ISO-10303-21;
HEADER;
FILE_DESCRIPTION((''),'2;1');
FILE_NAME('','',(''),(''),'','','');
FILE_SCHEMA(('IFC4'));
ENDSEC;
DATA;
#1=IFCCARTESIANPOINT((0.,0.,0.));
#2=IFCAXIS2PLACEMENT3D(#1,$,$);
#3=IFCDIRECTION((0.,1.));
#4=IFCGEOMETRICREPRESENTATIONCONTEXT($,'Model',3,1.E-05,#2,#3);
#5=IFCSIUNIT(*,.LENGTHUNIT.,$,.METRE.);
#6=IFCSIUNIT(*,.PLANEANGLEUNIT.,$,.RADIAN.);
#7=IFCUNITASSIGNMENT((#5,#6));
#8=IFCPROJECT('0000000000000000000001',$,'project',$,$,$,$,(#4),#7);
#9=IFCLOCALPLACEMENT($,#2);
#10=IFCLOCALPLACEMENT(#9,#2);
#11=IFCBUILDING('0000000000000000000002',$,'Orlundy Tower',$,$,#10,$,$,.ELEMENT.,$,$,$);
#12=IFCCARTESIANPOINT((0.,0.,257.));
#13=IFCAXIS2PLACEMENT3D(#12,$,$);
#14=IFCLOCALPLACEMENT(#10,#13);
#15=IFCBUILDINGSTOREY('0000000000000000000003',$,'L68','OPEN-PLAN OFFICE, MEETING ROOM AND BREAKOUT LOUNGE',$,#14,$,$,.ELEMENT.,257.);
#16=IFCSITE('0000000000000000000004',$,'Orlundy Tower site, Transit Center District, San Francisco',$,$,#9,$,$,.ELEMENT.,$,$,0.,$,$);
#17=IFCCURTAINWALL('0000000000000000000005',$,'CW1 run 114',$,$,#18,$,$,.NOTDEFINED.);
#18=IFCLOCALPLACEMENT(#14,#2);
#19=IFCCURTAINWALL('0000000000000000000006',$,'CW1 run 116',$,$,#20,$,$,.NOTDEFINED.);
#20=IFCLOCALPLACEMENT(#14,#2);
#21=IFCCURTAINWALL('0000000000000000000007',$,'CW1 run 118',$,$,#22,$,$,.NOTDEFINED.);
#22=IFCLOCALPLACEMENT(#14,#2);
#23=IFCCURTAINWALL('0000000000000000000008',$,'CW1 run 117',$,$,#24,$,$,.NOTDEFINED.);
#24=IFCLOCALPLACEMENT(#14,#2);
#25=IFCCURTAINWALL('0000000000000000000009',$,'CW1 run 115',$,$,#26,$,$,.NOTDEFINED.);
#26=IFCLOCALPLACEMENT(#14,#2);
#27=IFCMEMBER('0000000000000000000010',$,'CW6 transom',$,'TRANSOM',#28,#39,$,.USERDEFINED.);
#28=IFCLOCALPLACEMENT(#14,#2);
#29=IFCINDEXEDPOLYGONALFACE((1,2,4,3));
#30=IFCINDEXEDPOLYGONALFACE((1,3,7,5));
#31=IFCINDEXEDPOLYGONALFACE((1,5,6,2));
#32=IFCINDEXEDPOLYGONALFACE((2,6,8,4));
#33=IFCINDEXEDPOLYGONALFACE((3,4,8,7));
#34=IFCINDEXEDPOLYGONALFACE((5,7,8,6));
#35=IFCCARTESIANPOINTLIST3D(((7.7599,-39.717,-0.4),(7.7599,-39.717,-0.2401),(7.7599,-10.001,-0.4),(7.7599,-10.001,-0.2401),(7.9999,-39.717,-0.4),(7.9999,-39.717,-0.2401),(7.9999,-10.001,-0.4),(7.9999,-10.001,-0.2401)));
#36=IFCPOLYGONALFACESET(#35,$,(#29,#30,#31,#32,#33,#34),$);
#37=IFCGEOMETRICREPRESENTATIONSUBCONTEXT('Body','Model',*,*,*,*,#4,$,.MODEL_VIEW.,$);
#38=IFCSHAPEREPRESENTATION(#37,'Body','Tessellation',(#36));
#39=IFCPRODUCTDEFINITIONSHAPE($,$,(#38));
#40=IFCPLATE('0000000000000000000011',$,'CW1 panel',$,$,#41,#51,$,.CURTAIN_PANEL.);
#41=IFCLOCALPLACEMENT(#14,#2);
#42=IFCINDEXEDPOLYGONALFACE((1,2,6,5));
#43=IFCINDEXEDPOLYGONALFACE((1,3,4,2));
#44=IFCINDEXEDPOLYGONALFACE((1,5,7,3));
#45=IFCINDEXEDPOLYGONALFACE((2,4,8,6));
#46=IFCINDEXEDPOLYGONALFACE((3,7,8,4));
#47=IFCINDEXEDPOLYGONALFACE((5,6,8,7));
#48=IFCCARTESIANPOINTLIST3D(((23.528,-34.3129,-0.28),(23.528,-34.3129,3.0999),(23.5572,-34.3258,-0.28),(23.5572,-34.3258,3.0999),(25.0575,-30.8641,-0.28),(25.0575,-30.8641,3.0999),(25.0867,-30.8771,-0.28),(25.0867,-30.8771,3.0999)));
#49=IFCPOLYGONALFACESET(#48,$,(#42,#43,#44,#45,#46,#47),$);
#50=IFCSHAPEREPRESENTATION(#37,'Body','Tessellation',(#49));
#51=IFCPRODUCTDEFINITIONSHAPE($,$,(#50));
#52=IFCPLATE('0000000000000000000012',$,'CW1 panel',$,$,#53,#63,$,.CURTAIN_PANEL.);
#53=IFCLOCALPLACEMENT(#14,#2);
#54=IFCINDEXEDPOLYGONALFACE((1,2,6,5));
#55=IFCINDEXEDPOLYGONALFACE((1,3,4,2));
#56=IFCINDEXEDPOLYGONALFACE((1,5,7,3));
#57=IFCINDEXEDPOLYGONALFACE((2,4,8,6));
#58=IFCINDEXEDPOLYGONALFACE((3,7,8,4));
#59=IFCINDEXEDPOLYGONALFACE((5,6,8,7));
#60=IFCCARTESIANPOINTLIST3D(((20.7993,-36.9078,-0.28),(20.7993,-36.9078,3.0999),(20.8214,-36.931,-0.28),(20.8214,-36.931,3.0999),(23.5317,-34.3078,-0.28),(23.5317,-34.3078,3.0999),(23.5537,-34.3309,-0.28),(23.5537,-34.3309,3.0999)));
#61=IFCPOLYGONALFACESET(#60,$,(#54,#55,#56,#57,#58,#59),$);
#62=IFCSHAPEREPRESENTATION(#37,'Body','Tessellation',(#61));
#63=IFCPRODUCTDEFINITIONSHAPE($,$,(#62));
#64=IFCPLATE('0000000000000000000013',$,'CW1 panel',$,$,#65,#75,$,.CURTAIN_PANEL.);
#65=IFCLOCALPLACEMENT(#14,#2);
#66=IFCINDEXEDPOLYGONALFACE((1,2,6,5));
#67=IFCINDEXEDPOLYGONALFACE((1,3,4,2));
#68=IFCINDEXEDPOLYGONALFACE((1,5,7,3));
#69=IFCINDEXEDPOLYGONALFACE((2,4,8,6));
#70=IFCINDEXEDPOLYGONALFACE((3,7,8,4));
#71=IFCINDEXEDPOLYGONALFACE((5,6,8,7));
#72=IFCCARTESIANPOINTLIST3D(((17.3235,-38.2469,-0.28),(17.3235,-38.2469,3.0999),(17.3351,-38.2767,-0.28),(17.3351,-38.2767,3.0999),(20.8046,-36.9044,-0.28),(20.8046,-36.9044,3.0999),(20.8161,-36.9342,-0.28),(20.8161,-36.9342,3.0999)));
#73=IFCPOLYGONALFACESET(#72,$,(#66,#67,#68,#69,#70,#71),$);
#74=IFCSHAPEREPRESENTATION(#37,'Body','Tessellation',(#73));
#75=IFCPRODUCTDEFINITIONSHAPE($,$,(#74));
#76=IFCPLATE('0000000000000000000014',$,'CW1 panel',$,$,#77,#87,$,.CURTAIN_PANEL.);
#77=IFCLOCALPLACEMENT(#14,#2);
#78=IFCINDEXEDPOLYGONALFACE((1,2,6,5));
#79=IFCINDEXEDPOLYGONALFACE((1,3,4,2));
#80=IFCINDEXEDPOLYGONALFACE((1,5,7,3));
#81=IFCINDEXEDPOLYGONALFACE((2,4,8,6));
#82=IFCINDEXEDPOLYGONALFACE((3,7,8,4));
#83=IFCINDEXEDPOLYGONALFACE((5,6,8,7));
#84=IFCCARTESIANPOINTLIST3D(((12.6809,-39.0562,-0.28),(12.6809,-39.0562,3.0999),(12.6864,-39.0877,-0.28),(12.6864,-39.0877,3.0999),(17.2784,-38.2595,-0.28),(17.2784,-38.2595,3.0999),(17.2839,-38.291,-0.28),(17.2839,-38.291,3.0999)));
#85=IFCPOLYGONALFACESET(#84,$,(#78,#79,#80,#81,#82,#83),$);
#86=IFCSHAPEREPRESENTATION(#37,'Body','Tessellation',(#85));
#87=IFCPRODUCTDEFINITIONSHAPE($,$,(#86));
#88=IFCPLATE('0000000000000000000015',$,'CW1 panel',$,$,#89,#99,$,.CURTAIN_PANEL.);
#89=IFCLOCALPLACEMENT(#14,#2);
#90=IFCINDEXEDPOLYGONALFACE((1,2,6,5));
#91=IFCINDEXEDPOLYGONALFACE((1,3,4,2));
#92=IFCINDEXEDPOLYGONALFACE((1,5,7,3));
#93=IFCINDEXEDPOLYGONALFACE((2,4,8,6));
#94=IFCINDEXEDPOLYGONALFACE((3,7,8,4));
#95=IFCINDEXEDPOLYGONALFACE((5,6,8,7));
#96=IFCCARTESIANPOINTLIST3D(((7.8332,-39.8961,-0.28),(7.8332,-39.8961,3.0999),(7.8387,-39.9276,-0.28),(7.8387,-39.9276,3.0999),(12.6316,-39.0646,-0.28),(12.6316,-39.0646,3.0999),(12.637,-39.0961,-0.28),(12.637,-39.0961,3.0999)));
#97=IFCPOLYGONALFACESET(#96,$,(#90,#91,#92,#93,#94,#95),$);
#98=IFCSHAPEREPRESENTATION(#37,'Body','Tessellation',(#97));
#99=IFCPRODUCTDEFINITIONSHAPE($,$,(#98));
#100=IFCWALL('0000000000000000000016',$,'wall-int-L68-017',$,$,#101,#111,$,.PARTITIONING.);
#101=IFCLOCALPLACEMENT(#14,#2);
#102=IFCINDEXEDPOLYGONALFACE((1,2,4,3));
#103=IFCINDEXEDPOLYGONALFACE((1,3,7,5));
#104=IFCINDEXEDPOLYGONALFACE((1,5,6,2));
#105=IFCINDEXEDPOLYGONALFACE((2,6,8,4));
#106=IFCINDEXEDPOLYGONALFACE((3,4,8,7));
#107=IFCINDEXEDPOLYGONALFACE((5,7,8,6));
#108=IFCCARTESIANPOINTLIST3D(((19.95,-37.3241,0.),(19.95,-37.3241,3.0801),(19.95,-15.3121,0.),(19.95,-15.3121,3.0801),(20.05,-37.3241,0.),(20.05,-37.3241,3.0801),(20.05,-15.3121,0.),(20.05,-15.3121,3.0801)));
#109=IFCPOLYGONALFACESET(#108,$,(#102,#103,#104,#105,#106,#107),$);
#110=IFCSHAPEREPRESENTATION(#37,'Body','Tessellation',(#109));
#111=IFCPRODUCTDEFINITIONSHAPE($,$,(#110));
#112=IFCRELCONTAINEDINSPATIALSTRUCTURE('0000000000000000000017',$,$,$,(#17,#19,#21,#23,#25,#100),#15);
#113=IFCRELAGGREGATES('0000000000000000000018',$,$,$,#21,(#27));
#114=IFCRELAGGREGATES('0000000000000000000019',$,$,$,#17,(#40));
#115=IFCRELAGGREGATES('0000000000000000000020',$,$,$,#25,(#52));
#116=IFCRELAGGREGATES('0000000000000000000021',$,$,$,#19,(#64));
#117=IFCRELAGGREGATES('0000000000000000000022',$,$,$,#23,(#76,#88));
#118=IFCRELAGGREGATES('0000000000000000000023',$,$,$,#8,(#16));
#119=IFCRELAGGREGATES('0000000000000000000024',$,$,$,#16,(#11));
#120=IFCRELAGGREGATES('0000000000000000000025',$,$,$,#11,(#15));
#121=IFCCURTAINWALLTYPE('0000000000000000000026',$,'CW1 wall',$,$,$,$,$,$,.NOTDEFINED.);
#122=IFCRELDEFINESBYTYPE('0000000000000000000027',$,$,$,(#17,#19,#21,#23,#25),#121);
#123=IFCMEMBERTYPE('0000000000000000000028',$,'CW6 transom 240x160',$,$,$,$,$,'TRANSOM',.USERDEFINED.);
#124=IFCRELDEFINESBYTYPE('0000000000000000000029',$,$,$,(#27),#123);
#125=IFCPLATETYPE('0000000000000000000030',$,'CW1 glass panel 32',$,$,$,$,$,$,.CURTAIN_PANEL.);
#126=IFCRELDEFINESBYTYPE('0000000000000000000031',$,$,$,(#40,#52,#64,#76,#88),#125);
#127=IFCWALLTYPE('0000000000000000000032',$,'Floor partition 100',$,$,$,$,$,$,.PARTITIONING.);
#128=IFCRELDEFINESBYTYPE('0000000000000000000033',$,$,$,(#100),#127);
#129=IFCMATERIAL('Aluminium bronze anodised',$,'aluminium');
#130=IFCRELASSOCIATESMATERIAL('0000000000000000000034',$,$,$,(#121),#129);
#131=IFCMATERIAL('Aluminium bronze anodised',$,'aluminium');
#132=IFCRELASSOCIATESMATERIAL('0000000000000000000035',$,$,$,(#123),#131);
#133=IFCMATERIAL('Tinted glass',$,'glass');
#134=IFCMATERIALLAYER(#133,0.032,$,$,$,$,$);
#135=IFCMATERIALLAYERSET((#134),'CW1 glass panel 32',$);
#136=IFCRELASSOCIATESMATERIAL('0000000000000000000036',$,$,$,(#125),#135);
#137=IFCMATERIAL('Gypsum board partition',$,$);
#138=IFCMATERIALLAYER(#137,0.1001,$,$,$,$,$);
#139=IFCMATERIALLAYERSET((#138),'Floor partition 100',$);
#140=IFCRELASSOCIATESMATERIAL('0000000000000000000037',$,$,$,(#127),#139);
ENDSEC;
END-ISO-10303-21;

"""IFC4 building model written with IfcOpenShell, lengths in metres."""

from ifc_helpers import new_model, si_unit, direction, frame, frame_2d, origin, origin_2d, place, context, subcontext, project, spatial, rectangle, extrude, material, layer, layer_set, material_profile, profile_set, type_object, element, aggregate, save


model = new_model("IFC4")

# Units and contexts
model_context = context("Model", 3, precision=1e-05, world=origin(), true_north=direction((0.0, 1.0)))
body_context = subcontext(model_context, "Body", "Model", "MODEL_VIEW")
ifc_project = project(units=[si_unit("LENGTHUNIT", "METRE"), si_unit("PLANEANGLEUNIT", "RADIAN")], contexts=[model_context])

# Site, building, storey
site_placement = place(None, origin())
site = spatial("IfcSite", under=ifc_project, at=site_placement, Name="Orlundy Tower site, Transit Center District, San Francisco", CompositionType="ELEMENT", RefElevation=0.0)
building_placement = place(site_placement, origin())
building = spatial("IfcBuilding", under=site, at=building_placement, Name="Orlundy Tower", CompositionType="ELEMENT")
storey_placement = place(building_placement, frame((0.0, 0.0, 257.0)))
storey = spatial("IfcBuildingStorey", under=building, at=storey_placement, Name="L68", Description="OPEN-PLAN OFFICE, MEETING ROOM AND BREAKOUT LOUNGE", CompositionType="ELEMENT", Elevation=257.0)

# Curtain walls
ifc_material_1 = material(Name="Aluminium bronze anodised", Category="aluminium")
curtain_wall_type = type_object("IfcCurtainWallType", Name="CW1 wall", PredefinedType="NOTDEFINED", material=ifc_material_1)
curtain_wall_1_placement = place(storey_placement, origin())
curtain_wall_1 = element("IfcCurtainWall", 1, at=curtain_wall_1_placement, inside=storey, type_object=curtain_wall_type, Name="CW1 run 114", PredefinedType="NOTDEFINED")
curtain_wall_2_placement = place(storey_placement, origin())
curtain_wall_2 = element("IfcCurtainWall", 2, at=curtain_wall_2_placement, inside=storey, type_object=curtain_wall_type, Name="CW1 run 116", PredefinedType="NOTDEFINED")
curtain_wall_3_placement = place(storey_placement, origin())
curtain_wall_3 = element("IfcCurtainWall", 3, at=curtain_wall_3_placement, inside=storey, type_object=curtain_wall_type, Name="CW1 run 118", PredefinedType="NOTDEFINED")

# Curtain wall
curtain_wall_4_placement = place(storey_placement, origin())
curtain_wall_4 = element("IfcCurtainWall", 4, at=curtain_wall_4_placement, inside=storey, type_object=curtain_wall_type, Name="CW1 run 117", PredefinedType="NOTDEFINED")

# Curtain wall
curtain_wall_5_placement = place(storey_placement, origin())
curtain_wall_5 = element("IfcCurtainWall", 5, at=curtain_wall_5_placement, inside=storey, type_object=curtain_wall_type, Name="CW1 run 115", PredefinedType="NOTDEFINED")

# Member
ifc_material_2 = material(Name="Aluminium bronze anodised", Category="aluminium")
ifc_material_profile_1 = material_profile(ifc_material_2, rectangle(XDim=0.24, YDim=0.1599, at=origin_2d()), Name="CW6 transom 240x160")
ifc_profile_set_1 = profile_set([ifc_material_profile_1], Name="Aluminium bronze anodised")
member_type_1 = type_object("IfcMemberType", Name="CW6 transom 240x160", ElementType="TRANSOM", PredefinedType="USERDEFINED", material=ifc_profile_set_1)
member_1_placement = place(storey_placement, frame((7.8799, -39.717, -0.3201), z_axis=(0.0, 1.0, 0.0), x_axis=(-1.0, 0.0, 0.0)))
member_1 = element("IfcMember", 6, at=member_1_placement, type_object=member_type_1, Name="CW6 transom", ObjectType="TRANSOM", PredefinedType="USERDEFINED", context=body_context, shape_type="SweptSolid", body=[
    extrude(rectangle(XDim=0.24, YDim=0.1599, at=origin_2d()), origin(), (0.0, 0.0, 1.0), 29.7161),
])
aggregate(curtain_wall_3, [member_1])

# Plates
ifc_material_3 = material(Name="Tinted glass", Category="glass")
ifc_layer_1 = layer(ifc_material_3, 0.032)
ifc_layer_set_1 = layer_set([ifc_layer_1], Name="CW1 glass panel 32")
plate_type = type_object("IfcPlateType", Name="CW1 glass panel 32", PredefinedType="CURTAIN_PANEL", material=ifc_layer_set_1)
plate_1_placement = place(storey_placement, frame((24.3074, -32.595, -0.28), z_axis=(0.0, 0.0, 1.0), x_axis=(-0.405413, -0.914134, 0.0)))
plate_1 = element("IfcPlate", 7, at=plate_1_placement, type_object=plate_type, Name="CW1 panel", PredefinedType="CURTAIN_PANEL", context=body_context, shape_type="SweptSolid", body=[
    extrude(rectangle(XDim=3.7727, YDim=0.032, at=origin_2d()), origin(), (0.0, 0.0, 1.0), 3.3799),
])
aggregate(curtain_wall_1, [plate_1])
plate_2_placement = place(storey_placement, frame((22.1765, -35.6194, -0.28), z_axis=(0.0, 0.0, 1.0), x_axis=(-0.724427, -0.689352, 0.0)))
plate_2 = element("IfcPlate", 8, at=plate_2_placement, type_object=plate_type, Name="CW1 panel", PredefinedType="CURTAIN_PANEL", context=body_context, shape_type="SweptSolid", body=[
    extrude(rectangle(XDim=3.7717, YDim=0.032, at=origin_2d()), origin(), (0.0, 0.0, 1.0), 3.3799),
])
aggregate(curtain_wall_5, [plate_2])
plate_3_placement = place(storey_placement, frame((19.0698, -37.5906, -0.28), z_axis=(0.0, 0.0, 1.0), x_axis=(-0.933018, -0.359828, 0.0)))
plate_3 = element("IfcPlate", 9, at=plate_3_placement, type_object=plate_type, Name="CW1 panel", PredefinedType="CURTAIN_PANEL", context=body_context, shape_type="SweptSolid", body=[
    extrude(rectangle(XDim=3.731, YDim=0.032, at=origin_2d()), origin(), (0.0, 0.0, 1.0), 3.3799),
])
aggregate(curtain_wall_2, [plate_3])
plate_4_placement = place(storey_placement, frame((14.9824, -38.6736, -0.28), z_axis=(0.0, 0.0, 1.0), x_axis=(-0.985315, -0.170744, 0.0)))
plate_4 = element("IfcPlate", 10, at=plate_4_placement, type_object=plate_type, Name="CW1 panel", PredefinedType="CURTAIN_PANEL", context=body_context, shape_type="SweptSolid", body=[
    extrude(rectangle(XDim=4.666, YDim=0.032, at=origin_2d()), origin(), (0.0, 0.0, 1.0), 3.3799),
])
plate_5_placement = place(storey_placement, frame((10.2351, -39.4961, -0.28), z_axis=(0.0, 0.0, 1.0), x_axis=(-0.985315, -0.170744, 0.0)))
plate_5 = element("IfcPlate", 11, at=plate_5_placement, type_object=plate_type, Name="CW1 panel", PredefinedType="CURTAIN_PANEL", context=body_context, shape_type="SweptSolid", body=[
    extrude(rectangle(XDim=4.8699, YDim=0.032, at=origin_2d()), origin(), (0.0, 0.0, 1.0), 3.3799),
])
aggregate(curtain_wall_4, [plate_4, plate_5])

# Wall
ifc_material_4 = material(Name="Gypsum board partition")
ifc_layer_2 = layer(ifc_material_4, 0.1001)
ifc_layer_set_2 = layer_set([ifc_layer_2], Name="Floor partition 100")
wall_type = type_object("IfcWallType", Name="Floor partition 100", PredefinedType="PARTITIONING", material=ifc_layer_set_2)
wall_placement = place(storey_placement, frame((20.0, -37.324, 0.0), z_axis=(0.0, 0.0, 1.0), x_axis=(0.0, 1.0, 0.0)))
element("IfcWall", 12, at=wall_placement, inside=storey, type_object=wall_type, Name="wall-int-L68-017", PredefinedType="PARTITIONING", context=body_context, shape_type="SweptSolid", body=[
    extrude(rectangle(XDim=22.012, YDim=0.1001, at=frame_2d((11.0059, 0.0))), origin(), (0.0, 0.0, 1.0), 3.0801),
])

save(model, "model.ifc")
